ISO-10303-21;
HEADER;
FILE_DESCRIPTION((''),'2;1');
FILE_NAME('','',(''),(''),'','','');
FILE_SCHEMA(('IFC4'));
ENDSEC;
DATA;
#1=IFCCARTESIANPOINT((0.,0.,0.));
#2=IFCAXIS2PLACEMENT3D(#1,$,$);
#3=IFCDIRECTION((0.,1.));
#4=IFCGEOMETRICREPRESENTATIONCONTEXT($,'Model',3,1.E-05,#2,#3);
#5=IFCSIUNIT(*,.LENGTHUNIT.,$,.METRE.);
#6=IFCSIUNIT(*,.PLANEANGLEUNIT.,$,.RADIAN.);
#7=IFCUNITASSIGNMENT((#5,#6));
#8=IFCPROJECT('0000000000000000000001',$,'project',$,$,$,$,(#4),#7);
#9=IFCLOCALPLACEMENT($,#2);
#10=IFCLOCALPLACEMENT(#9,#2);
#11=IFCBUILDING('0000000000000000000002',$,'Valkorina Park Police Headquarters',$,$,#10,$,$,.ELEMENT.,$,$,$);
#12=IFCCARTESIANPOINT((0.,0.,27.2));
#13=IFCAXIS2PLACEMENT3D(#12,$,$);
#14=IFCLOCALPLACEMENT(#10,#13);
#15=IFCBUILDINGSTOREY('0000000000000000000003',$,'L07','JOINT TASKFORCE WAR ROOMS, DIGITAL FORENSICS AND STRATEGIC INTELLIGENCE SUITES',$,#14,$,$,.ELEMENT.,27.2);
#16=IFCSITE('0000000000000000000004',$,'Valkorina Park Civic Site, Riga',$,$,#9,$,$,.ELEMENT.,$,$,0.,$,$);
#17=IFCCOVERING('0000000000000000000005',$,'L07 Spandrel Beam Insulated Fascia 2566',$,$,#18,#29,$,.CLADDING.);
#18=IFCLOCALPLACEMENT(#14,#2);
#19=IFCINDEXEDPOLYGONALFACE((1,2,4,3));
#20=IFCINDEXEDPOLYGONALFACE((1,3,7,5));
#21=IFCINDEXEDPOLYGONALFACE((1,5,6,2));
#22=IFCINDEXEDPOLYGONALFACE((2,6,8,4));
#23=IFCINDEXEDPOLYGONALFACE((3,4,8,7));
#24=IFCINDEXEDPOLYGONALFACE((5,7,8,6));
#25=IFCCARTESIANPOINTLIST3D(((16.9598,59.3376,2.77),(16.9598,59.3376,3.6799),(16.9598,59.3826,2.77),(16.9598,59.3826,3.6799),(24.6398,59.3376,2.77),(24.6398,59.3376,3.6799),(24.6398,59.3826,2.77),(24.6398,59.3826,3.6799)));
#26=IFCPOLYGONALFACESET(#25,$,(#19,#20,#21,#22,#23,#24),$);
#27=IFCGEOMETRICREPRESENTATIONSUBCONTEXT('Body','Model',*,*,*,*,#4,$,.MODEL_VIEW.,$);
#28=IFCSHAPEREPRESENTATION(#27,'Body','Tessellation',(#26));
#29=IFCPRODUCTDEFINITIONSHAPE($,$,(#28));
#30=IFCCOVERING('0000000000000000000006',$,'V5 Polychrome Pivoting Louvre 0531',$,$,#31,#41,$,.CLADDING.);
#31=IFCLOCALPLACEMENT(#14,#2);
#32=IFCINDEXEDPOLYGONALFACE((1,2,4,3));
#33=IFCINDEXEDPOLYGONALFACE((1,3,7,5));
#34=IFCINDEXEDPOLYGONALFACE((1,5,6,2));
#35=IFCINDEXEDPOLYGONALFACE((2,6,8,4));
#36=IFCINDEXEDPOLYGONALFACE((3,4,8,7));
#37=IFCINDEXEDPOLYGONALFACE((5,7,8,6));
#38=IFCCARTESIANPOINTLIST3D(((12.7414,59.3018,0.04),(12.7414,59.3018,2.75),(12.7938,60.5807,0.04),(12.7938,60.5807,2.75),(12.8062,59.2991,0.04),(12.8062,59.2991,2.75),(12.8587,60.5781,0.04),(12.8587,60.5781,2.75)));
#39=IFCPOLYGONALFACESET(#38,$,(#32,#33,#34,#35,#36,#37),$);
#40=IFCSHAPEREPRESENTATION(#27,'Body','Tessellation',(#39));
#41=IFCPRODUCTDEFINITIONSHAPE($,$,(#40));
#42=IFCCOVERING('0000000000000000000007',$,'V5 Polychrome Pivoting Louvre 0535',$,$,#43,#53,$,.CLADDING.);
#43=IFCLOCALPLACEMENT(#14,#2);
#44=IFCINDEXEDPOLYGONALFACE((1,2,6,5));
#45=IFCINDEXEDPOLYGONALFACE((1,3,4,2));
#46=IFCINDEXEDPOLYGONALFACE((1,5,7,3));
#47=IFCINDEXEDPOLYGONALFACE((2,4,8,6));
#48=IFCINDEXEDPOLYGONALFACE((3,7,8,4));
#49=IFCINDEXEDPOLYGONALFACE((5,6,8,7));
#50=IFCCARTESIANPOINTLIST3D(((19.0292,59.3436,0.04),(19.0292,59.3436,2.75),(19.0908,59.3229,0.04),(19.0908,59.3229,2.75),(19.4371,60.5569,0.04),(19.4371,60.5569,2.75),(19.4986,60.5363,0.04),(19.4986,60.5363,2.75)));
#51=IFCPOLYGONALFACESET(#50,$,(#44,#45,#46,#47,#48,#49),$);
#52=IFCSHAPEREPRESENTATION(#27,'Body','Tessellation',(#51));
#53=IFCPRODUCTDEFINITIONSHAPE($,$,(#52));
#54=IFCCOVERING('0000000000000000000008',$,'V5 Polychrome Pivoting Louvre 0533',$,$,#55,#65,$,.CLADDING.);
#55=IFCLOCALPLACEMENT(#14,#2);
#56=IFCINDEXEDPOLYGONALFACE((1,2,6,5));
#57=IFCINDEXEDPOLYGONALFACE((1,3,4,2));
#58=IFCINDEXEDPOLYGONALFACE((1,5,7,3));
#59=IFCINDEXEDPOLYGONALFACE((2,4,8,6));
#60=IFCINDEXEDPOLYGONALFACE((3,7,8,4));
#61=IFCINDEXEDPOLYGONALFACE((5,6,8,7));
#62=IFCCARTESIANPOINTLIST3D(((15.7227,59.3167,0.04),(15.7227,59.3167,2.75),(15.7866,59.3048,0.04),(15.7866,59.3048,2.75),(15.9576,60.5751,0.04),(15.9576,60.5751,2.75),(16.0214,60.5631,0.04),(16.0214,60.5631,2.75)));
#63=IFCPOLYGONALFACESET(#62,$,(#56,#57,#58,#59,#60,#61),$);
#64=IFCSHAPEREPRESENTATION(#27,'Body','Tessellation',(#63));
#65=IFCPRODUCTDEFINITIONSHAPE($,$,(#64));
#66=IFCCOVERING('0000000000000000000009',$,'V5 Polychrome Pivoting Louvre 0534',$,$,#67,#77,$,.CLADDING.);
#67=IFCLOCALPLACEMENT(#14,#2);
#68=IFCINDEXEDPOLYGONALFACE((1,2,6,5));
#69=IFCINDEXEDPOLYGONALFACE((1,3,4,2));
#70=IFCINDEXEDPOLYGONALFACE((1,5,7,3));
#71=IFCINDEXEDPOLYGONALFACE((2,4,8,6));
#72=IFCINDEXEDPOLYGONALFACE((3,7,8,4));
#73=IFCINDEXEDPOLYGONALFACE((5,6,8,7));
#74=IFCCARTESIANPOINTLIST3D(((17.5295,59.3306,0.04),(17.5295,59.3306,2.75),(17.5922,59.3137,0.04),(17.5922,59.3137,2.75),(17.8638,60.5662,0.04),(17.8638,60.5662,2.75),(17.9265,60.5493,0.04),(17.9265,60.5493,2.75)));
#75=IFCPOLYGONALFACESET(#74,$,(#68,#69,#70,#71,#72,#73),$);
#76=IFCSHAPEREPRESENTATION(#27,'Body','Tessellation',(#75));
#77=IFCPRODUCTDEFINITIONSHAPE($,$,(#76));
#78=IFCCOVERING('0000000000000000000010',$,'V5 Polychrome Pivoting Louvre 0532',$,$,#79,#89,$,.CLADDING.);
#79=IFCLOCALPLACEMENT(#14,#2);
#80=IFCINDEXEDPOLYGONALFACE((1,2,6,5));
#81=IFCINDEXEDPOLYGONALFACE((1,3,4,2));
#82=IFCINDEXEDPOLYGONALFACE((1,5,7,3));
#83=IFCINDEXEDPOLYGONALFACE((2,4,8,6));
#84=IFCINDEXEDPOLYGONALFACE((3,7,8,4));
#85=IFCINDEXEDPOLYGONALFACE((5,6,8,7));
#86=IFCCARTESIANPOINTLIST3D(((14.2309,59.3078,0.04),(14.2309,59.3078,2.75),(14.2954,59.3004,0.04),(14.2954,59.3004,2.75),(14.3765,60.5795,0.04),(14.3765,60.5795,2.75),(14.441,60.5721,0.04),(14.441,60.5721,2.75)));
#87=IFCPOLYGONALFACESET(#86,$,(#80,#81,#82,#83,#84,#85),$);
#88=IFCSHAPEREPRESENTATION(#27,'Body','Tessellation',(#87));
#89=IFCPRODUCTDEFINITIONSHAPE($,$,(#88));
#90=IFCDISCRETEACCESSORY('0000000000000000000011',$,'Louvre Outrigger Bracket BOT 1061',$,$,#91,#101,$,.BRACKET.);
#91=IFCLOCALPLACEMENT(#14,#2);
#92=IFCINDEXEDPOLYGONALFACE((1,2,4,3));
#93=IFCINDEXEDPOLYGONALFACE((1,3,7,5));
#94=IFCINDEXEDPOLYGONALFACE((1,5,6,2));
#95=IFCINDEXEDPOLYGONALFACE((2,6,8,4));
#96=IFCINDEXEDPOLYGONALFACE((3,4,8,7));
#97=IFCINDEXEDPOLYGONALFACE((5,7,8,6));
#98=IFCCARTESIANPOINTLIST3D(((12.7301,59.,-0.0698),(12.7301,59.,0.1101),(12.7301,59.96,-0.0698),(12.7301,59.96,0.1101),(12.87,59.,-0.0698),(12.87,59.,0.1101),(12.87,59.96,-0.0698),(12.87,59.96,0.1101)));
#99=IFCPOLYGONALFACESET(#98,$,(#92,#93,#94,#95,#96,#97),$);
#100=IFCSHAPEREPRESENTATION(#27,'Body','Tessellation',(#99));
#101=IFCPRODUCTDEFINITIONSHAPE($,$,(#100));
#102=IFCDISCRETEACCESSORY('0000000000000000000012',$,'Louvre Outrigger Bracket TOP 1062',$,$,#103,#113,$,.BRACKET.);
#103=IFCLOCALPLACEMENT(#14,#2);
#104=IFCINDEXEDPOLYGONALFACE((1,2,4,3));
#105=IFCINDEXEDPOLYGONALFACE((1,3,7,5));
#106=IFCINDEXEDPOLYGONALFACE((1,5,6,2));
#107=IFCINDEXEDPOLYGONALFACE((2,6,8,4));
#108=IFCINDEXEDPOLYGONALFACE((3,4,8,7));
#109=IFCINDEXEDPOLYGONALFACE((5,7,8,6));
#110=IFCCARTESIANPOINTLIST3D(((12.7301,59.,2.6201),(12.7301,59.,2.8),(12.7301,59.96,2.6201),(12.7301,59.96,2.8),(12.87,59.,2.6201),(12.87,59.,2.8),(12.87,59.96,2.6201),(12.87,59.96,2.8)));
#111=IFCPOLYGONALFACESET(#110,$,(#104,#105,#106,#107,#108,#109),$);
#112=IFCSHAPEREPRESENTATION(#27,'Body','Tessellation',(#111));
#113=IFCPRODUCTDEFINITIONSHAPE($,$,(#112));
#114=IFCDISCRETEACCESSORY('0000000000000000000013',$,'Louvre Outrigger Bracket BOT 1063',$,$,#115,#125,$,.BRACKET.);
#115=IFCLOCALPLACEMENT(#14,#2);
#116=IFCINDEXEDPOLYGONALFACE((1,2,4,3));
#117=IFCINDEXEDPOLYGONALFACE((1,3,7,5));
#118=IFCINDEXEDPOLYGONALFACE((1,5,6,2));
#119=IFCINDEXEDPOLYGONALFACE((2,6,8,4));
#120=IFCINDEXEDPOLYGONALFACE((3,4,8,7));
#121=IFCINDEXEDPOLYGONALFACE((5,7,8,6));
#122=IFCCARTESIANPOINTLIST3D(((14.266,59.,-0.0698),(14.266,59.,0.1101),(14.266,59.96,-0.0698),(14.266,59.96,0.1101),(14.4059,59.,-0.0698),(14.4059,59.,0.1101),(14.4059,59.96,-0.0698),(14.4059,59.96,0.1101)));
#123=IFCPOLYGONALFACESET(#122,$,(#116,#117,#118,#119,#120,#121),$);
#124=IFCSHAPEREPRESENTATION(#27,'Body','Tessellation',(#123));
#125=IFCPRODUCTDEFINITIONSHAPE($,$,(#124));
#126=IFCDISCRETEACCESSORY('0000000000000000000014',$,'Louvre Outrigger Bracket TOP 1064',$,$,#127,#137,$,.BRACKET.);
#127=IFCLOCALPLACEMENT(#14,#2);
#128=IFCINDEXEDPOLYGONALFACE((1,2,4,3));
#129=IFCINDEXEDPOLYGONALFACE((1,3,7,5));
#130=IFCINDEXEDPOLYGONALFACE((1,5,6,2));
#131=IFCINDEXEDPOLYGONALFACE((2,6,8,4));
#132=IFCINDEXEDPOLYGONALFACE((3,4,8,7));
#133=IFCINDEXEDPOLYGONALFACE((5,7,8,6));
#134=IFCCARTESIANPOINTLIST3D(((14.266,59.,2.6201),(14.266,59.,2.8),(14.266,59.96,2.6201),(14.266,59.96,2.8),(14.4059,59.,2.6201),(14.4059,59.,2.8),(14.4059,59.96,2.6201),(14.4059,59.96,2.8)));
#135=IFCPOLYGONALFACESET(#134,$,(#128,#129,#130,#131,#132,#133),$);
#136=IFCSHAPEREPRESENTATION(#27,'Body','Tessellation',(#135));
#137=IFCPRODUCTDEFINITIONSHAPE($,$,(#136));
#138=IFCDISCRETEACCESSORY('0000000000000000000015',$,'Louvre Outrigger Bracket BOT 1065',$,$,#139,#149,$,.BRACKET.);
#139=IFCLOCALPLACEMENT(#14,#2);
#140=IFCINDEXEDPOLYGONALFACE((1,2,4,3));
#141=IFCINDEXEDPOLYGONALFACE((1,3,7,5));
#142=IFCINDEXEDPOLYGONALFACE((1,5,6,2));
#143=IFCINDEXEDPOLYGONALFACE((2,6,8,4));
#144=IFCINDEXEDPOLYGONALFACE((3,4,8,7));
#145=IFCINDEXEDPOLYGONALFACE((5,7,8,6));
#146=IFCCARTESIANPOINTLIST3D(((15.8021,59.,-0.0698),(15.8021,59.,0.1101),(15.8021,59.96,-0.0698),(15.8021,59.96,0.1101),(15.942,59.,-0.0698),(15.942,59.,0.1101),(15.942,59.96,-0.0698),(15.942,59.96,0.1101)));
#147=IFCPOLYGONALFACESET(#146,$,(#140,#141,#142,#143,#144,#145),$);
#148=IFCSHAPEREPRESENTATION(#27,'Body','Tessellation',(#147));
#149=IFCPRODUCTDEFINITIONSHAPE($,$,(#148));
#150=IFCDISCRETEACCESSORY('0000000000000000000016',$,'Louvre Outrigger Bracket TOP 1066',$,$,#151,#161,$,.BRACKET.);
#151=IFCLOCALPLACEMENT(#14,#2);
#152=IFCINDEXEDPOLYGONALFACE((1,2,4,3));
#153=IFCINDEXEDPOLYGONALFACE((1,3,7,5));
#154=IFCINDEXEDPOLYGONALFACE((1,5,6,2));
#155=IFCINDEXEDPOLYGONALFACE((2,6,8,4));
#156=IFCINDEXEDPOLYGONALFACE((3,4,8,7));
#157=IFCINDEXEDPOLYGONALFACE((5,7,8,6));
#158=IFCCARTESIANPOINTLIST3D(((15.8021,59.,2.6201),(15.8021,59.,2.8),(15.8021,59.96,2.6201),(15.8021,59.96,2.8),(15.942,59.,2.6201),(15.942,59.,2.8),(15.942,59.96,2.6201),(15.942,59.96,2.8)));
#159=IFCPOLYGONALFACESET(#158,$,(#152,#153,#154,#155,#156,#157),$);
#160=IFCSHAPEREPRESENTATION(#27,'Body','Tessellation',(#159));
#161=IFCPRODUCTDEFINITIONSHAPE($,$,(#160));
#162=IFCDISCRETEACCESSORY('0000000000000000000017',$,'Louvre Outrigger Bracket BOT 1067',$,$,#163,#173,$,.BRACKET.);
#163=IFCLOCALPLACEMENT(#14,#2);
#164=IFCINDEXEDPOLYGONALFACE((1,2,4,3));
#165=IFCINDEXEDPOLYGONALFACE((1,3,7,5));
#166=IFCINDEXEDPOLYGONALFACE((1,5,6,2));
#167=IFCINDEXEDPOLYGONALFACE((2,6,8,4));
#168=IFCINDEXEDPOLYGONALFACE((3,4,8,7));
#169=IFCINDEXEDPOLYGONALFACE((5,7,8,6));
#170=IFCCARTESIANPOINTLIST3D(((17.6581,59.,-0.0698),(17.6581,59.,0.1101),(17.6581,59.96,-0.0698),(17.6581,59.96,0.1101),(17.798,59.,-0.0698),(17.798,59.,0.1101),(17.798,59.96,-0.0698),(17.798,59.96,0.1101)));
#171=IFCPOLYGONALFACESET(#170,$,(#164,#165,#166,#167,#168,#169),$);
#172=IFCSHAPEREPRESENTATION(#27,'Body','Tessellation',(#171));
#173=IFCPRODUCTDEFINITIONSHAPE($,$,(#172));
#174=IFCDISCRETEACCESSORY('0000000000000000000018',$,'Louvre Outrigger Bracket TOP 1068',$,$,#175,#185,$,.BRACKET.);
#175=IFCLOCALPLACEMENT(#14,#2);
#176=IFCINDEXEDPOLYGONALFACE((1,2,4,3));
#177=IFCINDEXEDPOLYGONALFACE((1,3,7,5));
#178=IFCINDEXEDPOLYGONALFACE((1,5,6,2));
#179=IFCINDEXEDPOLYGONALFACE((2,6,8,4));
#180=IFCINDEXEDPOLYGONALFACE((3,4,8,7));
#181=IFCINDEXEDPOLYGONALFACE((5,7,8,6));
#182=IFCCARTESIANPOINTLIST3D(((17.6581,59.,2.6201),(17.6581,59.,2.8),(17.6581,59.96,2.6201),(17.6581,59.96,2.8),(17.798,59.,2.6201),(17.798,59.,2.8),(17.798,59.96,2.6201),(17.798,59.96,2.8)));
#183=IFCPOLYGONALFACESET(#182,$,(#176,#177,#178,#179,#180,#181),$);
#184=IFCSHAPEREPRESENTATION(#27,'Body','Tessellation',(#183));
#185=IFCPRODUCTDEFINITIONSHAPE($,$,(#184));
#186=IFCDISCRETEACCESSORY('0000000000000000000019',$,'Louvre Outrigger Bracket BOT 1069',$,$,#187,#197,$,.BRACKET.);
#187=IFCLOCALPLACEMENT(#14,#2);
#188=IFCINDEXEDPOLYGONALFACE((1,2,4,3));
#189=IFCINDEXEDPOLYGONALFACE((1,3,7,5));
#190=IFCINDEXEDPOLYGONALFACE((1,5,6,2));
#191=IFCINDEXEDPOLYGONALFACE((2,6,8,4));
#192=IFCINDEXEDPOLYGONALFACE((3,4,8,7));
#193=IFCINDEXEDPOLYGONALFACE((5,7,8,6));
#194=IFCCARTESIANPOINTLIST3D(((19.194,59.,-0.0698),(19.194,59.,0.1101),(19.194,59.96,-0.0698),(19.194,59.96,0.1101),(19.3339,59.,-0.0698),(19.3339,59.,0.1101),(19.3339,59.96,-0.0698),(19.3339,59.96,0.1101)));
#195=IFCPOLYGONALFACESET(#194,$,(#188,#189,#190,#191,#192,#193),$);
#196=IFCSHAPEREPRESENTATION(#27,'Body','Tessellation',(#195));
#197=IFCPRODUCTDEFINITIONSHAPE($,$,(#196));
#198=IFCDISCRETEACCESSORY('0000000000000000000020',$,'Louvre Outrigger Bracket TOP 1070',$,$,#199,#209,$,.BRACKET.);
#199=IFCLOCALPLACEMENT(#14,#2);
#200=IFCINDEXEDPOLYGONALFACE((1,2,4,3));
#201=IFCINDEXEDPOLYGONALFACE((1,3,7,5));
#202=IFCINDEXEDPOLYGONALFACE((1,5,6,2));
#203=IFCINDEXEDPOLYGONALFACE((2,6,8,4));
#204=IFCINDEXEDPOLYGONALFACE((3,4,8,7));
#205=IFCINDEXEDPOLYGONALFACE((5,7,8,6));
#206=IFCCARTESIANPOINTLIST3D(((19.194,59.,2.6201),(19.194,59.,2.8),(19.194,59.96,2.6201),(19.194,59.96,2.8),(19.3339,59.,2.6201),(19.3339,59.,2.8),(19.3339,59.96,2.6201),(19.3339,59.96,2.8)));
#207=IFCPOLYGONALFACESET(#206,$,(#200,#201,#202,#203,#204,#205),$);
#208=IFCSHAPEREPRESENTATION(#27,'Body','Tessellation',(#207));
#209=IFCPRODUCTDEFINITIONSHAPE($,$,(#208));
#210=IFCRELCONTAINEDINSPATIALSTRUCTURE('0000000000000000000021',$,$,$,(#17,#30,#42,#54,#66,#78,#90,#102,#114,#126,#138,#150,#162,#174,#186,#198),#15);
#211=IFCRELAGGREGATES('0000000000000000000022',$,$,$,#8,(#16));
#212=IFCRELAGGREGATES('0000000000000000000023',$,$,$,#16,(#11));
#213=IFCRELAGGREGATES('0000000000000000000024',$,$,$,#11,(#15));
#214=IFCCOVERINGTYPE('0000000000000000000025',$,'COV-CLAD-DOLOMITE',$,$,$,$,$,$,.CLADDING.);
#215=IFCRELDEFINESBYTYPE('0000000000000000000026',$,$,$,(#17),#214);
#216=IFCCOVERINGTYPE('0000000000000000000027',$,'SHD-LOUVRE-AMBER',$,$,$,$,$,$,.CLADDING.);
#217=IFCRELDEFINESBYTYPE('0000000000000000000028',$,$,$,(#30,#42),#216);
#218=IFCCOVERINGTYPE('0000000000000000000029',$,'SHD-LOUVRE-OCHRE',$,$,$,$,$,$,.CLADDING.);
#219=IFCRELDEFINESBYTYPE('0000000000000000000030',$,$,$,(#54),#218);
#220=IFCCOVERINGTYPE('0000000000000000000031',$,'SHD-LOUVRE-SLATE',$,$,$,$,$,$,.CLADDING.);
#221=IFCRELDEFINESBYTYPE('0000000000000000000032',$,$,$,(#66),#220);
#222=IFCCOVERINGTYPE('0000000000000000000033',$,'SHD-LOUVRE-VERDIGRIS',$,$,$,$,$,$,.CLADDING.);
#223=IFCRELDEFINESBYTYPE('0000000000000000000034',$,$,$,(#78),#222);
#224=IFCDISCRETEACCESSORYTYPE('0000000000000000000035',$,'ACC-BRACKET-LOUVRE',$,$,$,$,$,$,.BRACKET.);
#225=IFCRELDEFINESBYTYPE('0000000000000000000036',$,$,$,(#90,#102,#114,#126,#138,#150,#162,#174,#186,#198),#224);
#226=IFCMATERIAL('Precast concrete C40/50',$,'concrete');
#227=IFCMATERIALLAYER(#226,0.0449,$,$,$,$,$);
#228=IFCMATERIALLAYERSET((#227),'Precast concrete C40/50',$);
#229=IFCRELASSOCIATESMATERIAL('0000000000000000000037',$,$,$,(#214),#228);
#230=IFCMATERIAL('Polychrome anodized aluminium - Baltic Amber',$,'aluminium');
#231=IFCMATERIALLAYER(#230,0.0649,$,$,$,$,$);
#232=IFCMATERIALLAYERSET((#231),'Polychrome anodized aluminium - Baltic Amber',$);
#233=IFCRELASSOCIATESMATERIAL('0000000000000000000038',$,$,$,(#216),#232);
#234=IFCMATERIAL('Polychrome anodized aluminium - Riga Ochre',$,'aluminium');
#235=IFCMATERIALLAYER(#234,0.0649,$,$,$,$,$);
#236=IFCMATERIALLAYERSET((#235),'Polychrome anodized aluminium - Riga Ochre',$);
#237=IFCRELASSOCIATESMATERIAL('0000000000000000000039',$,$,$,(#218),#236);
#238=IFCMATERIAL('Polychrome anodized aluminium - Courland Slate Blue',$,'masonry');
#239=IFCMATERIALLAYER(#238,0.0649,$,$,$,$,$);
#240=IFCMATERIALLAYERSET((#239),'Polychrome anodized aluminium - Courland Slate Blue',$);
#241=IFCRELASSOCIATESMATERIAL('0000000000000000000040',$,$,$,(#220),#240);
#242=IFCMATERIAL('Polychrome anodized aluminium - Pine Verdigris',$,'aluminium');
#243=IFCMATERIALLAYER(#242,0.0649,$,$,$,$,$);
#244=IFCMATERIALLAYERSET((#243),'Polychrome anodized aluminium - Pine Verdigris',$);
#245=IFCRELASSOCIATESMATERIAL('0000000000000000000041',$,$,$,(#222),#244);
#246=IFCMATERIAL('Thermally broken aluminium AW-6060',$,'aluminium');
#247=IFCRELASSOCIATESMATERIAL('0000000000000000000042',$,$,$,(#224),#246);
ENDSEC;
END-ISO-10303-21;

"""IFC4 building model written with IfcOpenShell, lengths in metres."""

from ifc_helpers import new_model, si_unit, direction, frame, frame_2d, origin, origin_2d, place, context, subcontext, project, spatial, rectangle, extrude, material, layer, layer_set, type_object, element, save


model = new_model("IFC4")

# Units and contexts
model_context = context("Model", 3, precision=1e-05, world=origin(), true_north=direction((0.0, 1.0)))
body_context = subcontext(model_context, "Body", "Model", "MODEL_VIEW")
ifc_project = project(units=[si_unit("LENGTHUNIT", "METRE"), si_unit("PLANEANGLEUNIT", "RADIAN")], contexts=[model_context])

# Site, building, storey
site_placement = place(None, origin())
site = spatial("IfcSite", under=ifc_project, at=site_placement, Name="Valkorina Park Civic Site, Riga", CompositionType="ELEMENT", RefElevation=0.0)
building_placement = place(site_placement, origin())
building = spatial("IfcBuilding", under=site, at=building_placement, Name="Valkorina Park Police Headquarters", CompositionType="ELEMENT")
storey_placement = place(building_placement, frame((0.0, 0.0, 27.2)))
storey = spatial("IfcBuildingStorey", under=building, at=storey_placement, Name="L07", Description="JOINT TASKFORCE WAR ROOMS, DIGITAL FORENSICS AND STRATEGIC INTELLIGENCE SUITES", CompositionType="ELEMENT", Elevation=27.2)

# Shared definitions
ifc_material_1 = material(Name="Thermally broken aluminium AW-6060", Category="aluminium")

# Coverings
ifc_material_2 = material(Name="Precast concrete C40/50", Category="concrete")
ifc_layer_1 = layer(ifc_material_2, 0.0449)
ifc_layer_set_1 = layer_set([ifc_layer_1], Name="Precast concrete C40/50")
covering_type_1 = type_object("IfcCoveringType", Name="COV-CLAD-DOLOMITE", PredefinedType="CLADDING", material=ifc_layer_set_1)
covering_1_placement = place(storey_placement, frame((16.96, 59.3601, 2.77), z_axis=(0.0, 0.0, 1.0), x_axis=(1.0, 0.0, 0.0)))
element("IfcCovering", 1, at=covering_1_placement, inside=storey, type_object=covering_type_1, Name="L07 Spandrel Beam Insulated Fascia 2566", PredefinedType="CLADDING", context=body_context, shape_type="SweptSolid", body=[
    extrude(rectangle(XDim=7.6799, YDim=0.0449, at=frame_2d((3.8398, 0.0))), origin(), (0.0, 0.0, 1.0), 0.9099),
])
ifc_material_3 = material(Name="Polychrome anodized aluminium - Baltic Amber", Category="aluminium")
ifc_layer_2 = layer(ifc_material_3, 0.0649)
ifc_layer_set_2 = layer_set([ifc_layer_2], Name="Polychrome anodized aluminium - Baltic Amber")
covering_type_2 = type_object("IfcCoveringType", Name="SHD-LOUVRE-AMBER", PredefinedType="CLADDING", material=ifc_layer_set_2)
for number, where, z_axis, x_axis, name in (
    (2, (12.8, 59.9399, 0.04), (0.0, 0.0, 1.0), (0.041004, 0.999159, 0.0), "V5 Polychrome Pivoting Louvre 0531"),
    (3, (19.2639, 59.9399, 0.04), (0.0, 0.0, 1.0), (0.318628, 0.94788, 0.0), "V5 Polychrome Pivoting Louvre 0535"),
):
    element("IfcCovering", number, at=place(storey_placement, frame(where, z_axis=z_axis, x_axis=x_axis)), inside=storey, type_object=covering_type_2, Name=name, PredefinedType="CLADDING", context=body_context, shape_type="SweptSolid", body=[
        extrude(rectangle(XDim=1.28, YDim=0.0649, at=origin_2d()), origin(), (0.0, 0.0, 1.0), 2.71),
    ])
ifc_material_4 = material(Name="Polychrome anodized aluminium - Riga Ochre", Category="aluminium")
ifc_layer_3 = layer(ifc_material_4, 0.0649)
ifc_layer_set_3 = layer_set([ifc_layer_3], Name="Polychrome anodized aluminium - Riga Ochre")
covering_type_3 = type_object("IfcCoveringType", Name="SHD-LOUVRE-OCHRE", PredefinedType="CLADDING", material=ifc_layer_set_3)
covering_2_placement = place(storey_placement, frame((15.8721, 59.9399, 0.04), z_axis=(0.0, 0.0, 1.0), x_axis=(0.183437, 0.983032, 0.0)))
element("IfcCovering", 4, at=covering_2_placement, inside=storey, type_object=covering_type_3, Name="V5 Polychrome Pivoting Louvre 0533", PredefinedType="CLADDING", context=body_context, shape_type="SweptSolid", body=[
    extrude(rectangle(XDim=1.28, YDim=0.0649, at=origin_2d()), origin(), (0.0, 0.0, 1.0), 2.71),
])
ifc_material_5 = material(Name="Polychrome anodized aluminium - Courland Slate Blue", Category="masonry")
ifc_layer_4 = layer(ifc_material_5, 0.0649)
ifc_layer_set_4 = layer_set([ifc_layer_4], Name="Polychrome anodized aluminium - Courland Slate Blue")
covering_type_4 = type_object("IfcCoveringType", Name="SHD-LOUVRE-SLATE", PredefinedType="CLADDING", material=ifc_layer_set_4)
covering_3_placement = place(storey_placement, frame((17.728, 59.9399, 0.04), z_axis=(0.0, 0.0, 1.0), x_axis=(0.261178, 0.965291, 0.0)))
element("IfcCovering", 5, at=covering_3_placement, inside=storey, type_object=covering_type_4, Name="V5 Polychrome Pivoting Louvre 0534", PredefinedType="CLADDING", context=body_context, shape_type="SweptSolid", body=[
    extrude(rectangle(XDim=1.28, YDim=0.0649, at=origin_2d()), origin(), (0.0, 0.0, 1.0), 2.71),
])
ifc_material_6 = material(Name="Polychrome anodized aluminium - Pine Verdigris", Category="aluminium")
ifc_layer_5 = layer(ifc_material_6, 0.0649)
ifc_layer_set_5 = layer_set([ifc_layer_5], Name="Polychrome anodized aluminium - Pine Verdigris")
covering_type_5 = type_object("IfcCoveringType", Name="SHD-LOUVRE-VERDIGRIS", PredefinedType="CLADDING", material=ifc_layer_set_5)
covering_4_placement = place(storey_placement, frame((14.3359, 59.9399, 0.04), z_axis=(0.0, 0.0, 1.0), x_axis=(0.113723, 0.993512, 0.0)))
element("IfcCovering", 6, at=covering_4_placement, inside=storey, type_object=covering_type_5, Name="V5 Polychrome Pivoting Louvre 0532", PredefinedType="CLADDING", context=body_context, shape_type="SweptSolid", body=[
    extrude(rectangle(XDim=1.28, YDim=0.0649, at=origin_2d()), origin(), (0.0, 0.0, 1.0), 2.71),
])

# Discrete accessories
discrete_accessory_type = type_object("IfcDiscreteAccessoryType", Name="ACC-BRACKET-LOUVRE", PredefinedType="BRACKET", material=ifc_material_1)
for number, where, z_axis, x_axis, name in (
    (7, (12.8, 59.48, -0.0698), (0.0, 0.0, 1.0), (0.0, 1.0, 0.0), "Louvre Outrigger Bracket BOT 1061"),
    (8, (12.8, 59.48, 2.6201), (0.0, 0.0, 1.0), (0.0, 1.0, 0.0), "Louvre Outrigger Bracket TOP 1062"),
    (9, (14.3359, 59.48, -0.0698), (0.0, 0.0, 1.0), (0.0, 1.0, 0.0), "Louvre Outrigger Bracket BOT 1063"),
    (10, (14.3359, 59.48, 2.6201), (0.0, 0.0, 1.0), (0.0, 1.0, 0.0), "Louvre Outrigger Bracket TOP 1064"),
    (11, (15.8721, 59.48, -0.0698), (0.0, 0.0, 1.0), (0.0, 1.0, 0.0), "Louvre Outrigger Bracket BOT 1065"),
    (12, (15.8721, 59.48, 2.6201), (0.0, 0.0, 1.0), (0.0, 1.0, 0.0), "Louvre Outrigger Bracket TOP 1066"),
    (13, (17.728, 59.48, -0.0698), (0.0, 0.0, 1.0), (0.0, 1.0, 0.0), "Louvre Outrigger Bracket BOT 1067"),
    (14, (17.728, 59.48, 2.6201), (0.0, 0.0, 1.0), (0.0, 1.0, 0.0), "Louvre Outrigger Bracket TOP 1068"),
    (15, (19.2639, 59.48, -0.0698), (0.0, 0.0, 1.0), (0.0, 1.0, 0.0), "Louvre Outrigger Bracket BOT 1069"),
    (16, (19.2639, 59.48, 2.6201), (0.0, 0.0, 1.0), (0.0, 1.0, 0.0), "Louvre Outrigger Bracket TOP 1070"),
):
    element("IfcDiscreteAccessory", number, at=place(storey_placement, frame(where, z_axis=z_axis, x_axis=x_axis)), inside=storey, type_object=discrete_accessory_type, Name=name, PredefinedType="BRACKET", context=body_context, shape_type="SweptSolid", body=[
        extrude(rectangle(XDim=0.96, YDim=0.1399, at=origin_2d()), origin(), (0.0, 0.0, 1.0), 0.1799),
    ])

save(model, "model.ifc")
